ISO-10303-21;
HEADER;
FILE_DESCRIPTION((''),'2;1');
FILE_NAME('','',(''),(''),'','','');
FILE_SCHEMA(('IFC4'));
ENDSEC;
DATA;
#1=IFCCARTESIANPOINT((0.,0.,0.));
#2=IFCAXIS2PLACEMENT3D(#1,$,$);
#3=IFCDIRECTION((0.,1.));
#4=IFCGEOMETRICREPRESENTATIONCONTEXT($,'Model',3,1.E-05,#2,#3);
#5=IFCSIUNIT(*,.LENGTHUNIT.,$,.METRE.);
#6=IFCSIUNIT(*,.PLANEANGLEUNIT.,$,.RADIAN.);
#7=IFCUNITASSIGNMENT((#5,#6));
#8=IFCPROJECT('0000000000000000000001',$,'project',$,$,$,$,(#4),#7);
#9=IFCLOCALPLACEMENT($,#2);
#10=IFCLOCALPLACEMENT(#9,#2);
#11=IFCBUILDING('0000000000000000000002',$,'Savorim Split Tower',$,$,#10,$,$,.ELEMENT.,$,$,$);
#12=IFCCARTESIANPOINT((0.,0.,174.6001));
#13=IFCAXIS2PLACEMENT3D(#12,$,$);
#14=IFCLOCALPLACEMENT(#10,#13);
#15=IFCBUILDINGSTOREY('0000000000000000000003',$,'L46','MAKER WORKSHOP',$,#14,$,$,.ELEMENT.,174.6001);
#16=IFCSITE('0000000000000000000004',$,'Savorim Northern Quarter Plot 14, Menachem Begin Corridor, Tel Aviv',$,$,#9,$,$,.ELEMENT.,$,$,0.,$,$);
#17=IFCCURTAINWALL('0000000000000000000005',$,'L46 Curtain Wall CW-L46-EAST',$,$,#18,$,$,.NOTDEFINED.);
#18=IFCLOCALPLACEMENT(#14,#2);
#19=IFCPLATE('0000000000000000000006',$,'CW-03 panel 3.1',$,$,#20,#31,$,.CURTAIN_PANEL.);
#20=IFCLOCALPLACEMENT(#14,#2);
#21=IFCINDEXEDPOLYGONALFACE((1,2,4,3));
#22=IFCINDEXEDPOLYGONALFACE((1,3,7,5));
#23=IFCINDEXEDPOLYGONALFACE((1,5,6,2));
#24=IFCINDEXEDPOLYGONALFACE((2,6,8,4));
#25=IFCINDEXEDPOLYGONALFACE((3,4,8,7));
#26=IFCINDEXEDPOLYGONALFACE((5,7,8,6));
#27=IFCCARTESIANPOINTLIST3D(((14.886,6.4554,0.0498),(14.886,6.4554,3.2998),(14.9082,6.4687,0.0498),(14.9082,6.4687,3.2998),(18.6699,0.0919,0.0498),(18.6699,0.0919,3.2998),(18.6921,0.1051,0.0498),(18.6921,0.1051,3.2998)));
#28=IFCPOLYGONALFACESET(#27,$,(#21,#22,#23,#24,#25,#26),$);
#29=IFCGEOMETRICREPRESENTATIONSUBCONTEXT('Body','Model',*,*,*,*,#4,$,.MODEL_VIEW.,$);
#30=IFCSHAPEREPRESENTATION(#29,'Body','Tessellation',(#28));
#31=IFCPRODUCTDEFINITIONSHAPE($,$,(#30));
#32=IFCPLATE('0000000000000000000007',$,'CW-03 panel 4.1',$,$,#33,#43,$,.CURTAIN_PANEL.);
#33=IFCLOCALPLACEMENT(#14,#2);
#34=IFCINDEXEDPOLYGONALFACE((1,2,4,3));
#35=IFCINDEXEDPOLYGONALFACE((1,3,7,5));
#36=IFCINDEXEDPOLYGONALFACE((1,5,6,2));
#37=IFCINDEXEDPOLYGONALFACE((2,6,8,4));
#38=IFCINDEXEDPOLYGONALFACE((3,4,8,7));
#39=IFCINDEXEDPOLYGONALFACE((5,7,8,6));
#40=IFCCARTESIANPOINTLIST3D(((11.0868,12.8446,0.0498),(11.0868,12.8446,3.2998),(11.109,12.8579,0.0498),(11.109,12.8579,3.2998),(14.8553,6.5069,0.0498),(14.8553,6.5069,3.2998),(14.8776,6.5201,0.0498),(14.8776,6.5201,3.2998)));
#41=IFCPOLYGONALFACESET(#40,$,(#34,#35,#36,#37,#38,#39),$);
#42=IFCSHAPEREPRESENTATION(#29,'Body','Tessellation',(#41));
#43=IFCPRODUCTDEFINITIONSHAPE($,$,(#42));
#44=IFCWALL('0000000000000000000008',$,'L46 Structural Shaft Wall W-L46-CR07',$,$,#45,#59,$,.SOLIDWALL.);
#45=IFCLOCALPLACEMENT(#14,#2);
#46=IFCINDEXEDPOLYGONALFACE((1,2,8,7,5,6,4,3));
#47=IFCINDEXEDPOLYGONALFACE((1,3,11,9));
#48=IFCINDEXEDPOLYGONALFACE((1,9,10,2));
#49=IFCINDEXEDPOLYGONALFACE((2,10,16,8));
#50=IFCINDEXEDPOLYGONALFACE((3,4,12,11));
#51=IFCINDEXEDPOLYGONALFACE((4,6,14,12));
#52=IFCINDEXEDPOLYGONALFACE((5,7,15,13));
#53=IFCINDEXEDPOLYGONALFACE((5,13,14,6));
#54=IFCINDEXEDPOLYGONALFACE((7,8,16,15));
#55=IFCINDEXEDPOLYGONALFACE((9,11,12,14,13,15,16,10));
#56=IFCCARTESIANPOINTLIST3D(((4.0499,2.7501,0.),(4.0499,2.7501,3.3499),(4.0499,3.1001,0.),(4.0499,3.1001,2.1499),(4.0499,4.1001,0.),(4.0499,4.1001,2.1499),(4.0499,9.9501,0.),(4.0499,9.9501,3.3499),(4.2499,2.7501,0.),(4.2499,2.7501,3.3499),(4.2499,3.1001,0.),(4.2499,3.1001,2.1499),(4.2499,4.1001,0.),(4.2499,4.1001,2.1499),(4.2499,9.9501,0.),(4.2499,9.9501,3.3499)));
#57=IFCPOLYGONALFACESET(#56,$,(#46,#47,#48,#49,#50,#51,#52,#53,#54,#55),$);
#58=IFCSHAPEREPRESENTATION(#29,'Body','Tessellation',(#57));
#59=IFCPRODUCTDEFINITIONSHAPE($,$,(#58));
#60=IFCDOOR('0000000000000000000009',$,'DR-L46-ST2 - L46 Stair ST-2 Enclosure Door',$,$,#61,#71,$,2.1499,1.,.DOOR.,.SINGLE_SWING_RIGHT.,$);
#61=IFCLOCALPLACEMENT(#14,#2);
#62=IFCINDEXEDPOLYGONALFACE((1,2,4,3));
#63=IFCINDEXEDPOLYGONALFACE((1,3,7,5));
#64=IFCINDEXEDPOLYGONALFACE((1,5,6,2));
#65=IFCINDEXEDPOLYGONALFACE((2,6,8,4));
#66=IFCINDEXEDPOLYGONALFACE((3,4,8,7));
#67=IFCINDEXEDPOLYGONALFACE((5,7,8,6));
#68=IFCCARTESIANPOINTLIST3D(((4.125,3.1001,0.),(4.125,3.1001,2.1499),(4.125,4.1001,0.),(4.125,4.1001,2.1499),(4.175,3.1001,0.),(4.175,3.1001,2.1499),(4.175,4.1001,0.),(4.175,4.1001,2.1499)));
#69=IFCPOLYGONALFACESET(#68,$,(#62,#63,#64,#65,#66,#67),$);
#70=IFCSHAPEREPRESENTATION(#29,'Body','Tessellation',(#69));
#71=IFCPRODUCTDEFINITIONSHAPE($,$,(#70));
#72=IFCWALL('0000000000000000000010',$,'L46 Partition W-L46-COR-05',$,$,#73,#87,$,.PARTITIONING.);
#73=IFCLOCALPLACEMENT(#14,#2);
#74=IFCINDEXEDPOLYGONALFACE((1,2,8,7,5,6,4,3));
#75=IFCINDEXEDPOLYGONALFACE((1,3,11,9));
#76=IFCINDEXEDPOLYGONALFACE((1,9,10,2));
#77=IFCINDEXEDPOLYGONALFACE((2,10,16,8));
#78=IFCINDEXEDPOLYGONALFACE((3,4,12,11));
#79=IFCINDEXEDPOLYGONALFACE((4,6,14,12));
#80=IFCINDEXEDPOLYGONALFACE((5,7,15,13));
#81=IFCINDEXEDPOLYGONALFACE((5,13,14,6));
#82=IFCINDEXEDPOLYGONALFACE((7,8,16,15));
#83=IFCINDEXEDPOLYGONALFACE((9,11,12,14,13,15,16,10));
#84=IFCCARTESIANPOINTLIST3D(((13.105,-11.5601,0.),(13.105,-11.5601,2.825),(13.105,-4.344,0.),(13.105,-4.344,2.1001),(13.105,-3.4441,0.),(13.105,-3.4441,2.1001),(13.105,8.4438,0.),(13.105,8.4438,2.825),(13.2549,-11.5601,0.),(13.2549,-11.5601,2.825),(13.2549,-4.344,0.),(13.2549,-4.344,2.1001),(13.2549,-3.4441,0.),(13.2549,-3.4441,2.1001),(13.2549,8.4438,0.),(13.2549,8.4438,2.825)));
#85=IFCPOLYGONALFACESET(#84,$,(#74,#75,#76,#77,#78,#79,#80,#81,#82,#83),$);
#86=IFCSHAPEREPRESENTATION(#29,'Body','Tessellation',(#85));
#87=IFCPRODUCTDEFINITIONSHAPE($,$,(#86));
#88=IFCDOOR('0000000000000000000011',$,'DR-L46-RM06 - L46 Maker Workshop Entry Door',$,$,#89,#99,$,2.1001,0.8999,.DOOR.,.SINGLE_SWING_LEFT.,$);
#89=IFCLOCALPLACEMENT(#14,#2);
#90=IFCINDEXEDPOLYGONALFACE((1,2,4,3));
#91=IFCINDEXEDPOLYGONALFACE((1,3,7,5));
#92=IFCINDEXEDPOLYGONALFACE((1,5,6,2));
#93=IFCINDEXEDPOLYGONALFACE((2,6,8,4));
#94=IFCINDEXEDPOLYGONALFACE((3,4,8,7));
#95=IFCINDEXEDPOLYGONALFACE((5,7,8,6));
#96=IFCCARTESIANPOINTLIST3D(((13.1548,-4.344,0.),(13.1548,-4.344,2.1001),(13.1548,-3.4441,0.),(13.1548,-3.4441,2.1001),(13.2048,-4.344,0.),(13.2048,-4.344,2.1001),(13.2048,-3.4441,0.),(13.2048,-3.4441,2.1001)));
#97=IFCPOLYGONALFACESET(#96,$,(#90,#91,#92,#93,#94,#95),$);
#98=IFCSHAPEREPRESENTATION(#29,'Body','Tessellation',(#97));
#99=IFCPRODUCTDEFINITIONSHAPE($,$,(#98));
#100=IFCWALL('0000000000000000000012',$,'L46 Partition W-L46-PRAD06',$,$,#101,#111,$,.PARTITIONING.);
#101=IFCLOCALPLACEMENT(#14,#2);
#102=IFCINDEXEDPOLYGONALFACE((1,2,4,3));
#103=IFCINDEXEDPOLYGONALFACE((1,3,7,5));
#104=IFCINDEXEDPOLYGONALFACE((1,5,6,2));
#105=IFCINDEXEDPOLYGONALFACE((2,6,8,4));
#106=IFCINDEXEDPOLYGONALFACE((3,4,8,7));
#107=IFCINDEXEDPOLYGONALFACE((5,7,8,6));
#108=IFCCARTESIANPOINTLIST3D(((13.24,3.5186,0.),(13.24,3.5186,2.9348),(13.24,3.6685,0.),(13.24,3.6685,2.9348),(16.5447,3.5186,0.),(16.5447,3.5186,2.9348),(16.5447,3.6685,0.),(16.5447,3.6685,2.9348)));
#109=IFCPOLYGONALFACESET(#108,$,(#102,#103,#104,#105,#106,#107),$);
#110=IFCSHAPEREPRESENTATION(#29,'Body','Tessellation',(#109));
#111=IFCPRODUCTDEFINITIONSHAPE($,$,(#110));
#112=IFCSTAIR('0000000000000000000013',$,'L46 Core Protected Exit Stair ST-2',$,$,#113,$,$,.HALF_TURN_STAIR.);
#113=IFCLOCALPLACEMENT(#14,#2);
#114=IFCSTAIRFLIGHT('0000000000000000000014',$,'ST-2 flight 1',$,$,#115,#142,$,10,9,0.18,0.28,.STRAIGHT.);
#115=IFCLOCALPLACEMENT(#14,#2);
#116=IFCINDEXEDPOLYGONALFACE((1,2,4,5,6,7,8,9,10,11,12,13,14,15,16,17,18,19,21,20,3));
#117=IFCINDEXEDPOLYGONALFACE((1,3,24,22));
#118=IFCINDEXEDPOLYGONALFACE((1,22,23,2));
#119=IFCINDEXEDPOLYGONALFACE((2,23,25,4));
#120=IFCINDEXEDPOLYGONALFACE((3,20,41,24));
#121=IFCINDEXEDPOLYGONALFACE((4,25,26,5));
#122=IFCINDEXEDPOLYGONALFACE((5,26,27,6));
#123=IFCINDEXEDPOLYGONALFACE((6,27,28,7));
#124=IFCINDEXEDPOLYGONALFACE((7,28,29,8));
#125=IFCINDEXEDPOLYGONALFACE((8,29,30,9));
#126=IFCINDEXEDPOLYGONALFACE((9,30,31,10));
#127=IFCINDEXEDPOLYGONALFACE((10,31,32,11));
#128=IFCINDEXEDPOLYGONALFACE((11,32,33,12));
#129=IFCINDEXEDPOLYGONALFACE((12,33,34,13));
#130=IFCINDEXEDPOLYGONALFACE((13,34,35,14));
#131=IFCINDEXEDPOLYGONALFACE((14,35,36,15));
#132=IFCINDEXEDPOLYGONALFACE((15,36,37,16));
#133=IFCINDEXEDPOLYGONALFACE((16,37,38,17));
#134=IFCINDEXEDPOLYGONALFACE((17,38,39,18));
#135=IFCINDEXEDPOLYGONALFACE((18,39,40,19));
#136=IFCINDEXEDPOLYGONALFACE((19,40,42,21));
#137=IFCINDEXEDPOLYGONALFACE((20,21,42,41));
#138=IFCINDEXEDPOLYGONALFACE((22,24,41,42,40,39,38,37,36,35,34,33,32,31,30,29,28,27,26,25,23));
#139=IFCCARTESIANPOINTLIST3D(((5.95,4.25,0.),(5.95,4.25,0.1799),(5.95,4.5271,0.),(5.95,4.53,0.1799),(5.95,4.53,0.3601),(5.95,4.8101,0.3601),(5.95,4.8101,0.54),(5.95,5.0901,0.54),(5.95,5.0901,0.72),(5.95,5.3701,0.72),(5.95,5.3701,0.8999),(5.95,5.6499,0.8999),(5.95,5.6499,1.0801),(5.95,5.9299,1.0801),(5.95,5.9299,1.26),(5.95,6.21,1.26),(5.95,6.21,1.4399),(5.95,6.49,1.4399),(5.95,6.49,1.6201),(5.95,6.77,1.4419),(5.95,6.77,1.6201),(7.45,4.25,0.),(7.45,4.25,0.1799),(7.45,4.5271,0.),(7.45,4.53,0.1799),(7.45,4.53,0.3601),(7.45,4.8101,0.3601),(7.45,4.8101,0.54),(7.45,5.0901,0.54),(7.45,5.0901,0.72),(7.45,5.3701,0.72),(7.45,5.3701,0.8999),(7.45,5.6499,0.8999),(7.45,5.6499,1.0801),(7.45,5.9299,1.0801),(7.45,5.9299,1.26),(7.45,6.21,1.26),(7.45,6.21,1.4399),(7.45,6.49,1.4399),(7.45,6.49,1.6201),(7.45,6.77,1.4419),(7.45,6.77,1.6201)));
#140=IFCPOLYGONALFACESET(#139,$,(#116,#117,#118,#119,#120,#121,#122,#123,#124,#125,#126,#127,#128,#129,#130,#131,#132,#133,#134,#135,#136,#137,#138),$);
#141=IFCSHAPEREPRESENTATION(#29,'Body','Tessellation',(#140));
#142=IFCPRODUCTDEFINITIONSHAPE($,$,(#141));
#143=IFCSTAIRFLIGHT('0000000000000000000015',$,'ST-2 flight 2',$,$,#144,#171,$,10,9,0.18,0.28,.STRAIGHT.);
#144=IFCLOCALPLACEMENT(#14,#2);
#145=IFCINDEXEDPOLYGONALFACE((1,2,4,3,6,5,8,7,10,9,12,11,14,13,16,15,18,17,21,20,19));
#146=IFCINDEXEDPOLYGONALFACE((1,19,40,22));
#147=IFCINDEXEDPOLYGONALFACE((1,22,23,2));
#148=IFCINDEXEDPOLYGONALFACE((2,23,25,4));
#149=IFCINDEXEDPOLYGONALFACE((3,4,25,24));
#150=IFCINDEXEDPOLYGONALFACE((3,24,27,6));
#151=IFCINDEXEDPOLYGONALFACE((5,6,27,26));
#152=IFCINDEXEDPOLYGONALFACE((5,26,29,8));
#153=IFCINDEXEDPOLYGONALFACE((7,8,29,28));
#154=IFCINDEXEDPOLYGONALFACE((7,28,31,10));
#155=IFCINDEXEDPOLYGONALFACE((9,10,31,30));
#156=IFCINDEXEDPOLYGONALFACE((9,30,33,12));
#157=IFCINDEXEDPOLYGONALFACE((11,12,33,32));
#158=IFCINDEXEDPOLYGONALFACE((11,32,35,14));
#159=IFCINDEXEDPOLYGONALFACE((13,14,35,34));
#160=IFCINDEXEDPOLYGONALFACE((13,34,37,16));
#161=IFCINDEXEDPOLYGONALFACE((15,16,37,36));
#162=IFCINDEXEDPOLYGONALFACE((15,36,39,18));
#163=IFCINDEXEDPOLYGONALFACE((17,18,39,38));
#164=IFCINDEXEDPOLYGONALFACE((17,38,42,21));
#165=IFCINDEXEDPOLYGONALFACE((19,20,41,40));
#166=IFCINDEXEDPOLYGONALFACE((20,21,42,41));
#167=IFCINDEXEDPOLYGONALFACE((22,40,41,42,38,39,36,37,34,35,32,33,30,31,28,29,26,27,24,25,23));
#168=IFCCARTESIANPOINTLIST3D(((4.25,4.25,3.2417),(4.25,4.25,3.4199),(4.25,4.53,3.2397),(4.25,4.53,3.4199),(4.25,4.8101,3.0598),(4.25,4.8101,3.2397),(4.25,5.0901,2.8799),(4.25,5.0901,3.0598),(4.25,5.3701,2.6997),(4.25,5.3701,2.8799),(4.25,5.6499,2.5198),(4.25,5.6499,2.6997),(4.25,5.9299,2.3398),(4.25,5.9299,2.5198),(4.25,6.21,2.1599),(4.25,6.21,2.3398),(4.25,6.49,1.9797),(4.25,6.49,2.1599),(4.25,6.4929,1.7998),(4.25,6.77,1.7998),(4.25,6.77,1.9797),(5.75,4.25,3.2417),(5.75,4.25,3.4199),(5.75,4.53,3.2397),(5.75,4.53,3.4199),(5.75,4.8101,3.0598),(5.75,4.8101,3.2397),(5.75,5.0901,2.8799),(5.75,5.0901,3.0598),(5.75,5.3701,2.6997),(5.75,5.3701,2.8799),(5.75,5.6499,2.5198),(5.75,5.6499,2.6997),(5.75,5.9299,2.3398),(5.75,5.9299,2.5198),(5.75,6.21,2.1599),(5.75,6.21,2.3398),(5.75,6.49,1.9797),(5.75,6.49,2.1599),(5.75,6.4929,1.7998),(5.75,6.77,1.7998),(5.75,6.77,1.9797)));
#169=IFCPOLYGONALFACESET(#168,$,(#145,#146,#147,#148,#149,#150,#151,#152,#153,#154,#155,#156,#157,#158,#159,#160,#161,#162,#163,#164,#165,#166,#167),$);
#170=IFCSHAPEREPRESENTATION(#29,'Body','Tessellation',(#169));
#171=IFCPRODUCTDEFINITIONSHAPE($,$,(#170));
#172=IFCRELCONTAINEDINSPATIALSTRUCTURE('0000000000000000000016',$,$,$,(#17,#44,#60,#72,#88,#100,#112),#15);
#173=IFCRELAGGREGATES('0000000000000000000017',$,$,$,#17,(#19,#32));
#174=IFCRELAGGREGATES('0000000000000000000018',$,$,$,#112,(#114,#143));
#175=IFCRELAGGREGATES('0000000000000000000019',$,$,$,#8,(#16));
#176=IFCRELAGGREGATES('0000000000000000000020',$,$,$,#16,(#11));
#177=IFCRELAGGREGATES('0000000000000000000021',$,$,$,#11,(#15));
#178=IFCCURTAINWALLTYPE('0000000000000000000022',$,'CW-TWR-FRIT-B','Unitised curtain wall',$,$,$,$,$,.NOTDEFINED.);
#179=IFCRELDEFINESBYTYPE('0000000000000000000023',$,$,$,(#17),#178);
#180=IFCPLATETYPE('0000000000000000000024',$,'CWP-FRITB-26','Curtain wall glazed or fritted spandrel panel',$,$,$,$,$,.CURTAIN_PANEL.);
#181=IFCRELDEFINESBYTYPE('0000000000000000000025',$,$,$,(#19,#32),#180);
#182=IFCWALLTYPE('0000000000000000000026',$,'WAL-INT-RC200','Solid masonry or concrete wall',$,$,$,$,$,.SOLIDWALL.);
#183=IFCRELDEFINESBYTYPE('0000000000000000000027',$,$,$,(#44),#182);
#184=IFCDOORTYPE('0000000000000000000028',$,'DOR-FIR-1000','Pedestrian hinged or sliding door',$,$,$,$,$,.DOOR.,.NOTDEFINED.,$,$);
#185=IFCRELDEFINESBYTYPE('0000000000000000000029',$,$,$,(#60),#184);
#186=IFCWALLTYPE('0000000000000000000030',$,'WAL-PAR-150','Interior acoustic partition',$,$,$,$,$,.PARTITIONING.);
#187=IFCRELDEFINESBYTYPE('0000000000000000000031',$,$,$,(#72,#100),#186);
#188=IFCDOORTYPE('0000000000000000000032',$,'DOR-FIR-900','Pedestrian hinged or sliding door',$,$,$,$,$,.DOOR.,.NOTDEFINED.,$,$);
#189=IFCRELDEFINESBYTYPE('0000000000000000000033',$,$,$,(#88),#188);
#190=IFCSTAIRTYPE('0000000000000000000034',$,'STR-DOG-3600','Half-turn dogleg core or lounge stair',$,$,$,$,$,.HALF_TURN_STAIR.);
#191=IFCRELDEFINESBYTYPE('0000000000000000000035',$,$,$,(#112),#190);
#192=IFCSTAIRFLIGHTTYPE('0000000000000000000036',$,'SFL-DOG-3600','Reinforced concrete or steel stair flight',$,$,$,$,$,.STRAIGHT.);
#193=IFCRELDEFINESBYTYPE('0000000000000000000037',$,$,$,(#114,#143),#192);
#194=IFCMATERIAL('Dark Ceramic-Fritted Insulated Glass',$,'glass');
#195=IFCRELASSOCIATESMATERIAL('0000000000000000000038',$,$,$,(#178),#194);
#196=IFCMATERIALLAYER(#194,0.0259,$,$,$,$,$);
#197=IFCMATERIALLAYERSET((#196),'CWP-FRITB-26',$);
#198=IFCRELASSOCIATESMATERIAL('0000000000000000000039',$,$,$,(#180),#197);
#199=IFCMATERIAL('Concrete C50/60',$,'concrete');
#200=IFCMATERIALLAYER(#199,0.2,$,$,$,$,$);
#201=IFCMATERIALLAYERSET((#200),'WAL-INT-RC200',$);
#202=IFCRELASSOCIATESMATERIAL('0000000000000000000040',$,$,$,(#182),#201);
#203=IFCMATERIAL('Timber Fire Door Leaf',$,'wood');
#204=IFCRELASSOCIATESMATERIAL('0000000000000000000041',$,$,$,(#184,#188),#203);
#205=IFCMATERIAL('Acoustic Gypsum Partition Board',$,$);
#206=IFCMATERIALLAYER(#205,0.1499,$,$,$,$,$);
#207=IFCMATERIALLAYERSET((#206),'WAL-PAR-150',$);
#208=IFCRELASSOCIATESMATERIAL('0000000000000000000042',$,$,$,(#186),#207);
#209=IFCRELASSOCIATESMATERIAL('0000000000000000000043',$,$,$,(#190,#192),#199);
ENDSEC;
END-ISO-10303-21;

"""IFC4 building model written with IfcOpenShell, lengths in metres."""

from ifc_helpers import new_model, si_unit, direction, frame, frame_2d, origin, origin_2d, place, context, subcontext, project, spatial, polyline, rectangle, outline, extrude, material, layer, layer_set, type_object, element, fill, aggregate, save


model = new_model("IFC4")

# Units and contexts
model_context = context("Model", 3, precision=1e-05, world=origin(), true_north=direction((0.0, 1.0)))
body_context = subcontext(model_context, "Body", "Model", "MODEL_VIEW")
ifc_project = project(units=[si_unit("LENGTHUNIT", "METRE"), si_unit("PLANEANGLEUNIT", "RADIAN")], contexts=[model_context])

# Site, building, storey
site_placement = place(None, origin())
site = spatial("IfcSite", under=ifc_project, at=site_placement, Name="Savorim Northern Quarter Plot 14, Menachem Begin Corridor, Tel Aviv", CompositionType="ELEMENT", RefElevation=0.0)
building_placement = place(site_placement, origin())
building = spatial("IfcBuilding", under=site, at=building_placement, Name="Savorim Split Tower", CompositionType="ELEMENT")
storey_placement = place(building_placement, frame((0.0, 0.0, 174.6001)))
storey = spatial("IfcBuildingStorey", under=building, at=storey_placement, Name="L46", Description="MAKER WORKSHOP", CompositionType="ELEMENT", Elevation=174.6001)

# Curtain wall, plates
ifc_material_1 = material(Name="Dark Ceramic-Fritted Insulated Glass", Category="glass")
curtain_wall_type = type_object("IfcCurtainWallType", Name="CW-TWR-FRIT-B", Description="Unitised curtain wall", PredefinedType="NOTDEFINED", material=ifc_material_1)
curtain_wall_placement = place(storey_placement, origin())
curtain_wall = element("IfcCurtainWall", 1, at=curtain_wall_placement, inside=storey, type_object=curtain_wall_type, Name="L46 Curtain Wall CW-L46-EAST", PredefinedType="NOTDEFINED")
ifc_layer_1 = layer(ifc_material_1, 0.0259)
ifc_layer_set_1 = layer_set([ifc_layer_1], Name="CWP-FRITB-26")
plate_type = type_object("IfcPlateType", Name="CWP-FRITB-26", Description="Curtain wall glazed or fritted spandrel panel", PredefinedType="CURTAIN_PANEL", material=ifc_layer_set_1)
plate_1_placement = place(storey_placement, frame((16.7891, 3.2803, 0.0498), z_axis=(0.0, 0.0, 1.0), x_axis=(-0.511094, 0.859525, 0.0)))
plate_1 = element("IfcPlate", 2, at=plate_1_placement, type_object=plate_type, Name="CW-03 panel 3.1", PredefinedType="CURTAIN_PANEL", context=body_context, shape_type="SweptSolid", body=[
    extrude(rectangle(XDim=7.4036, YDim=0.0259, at=origin_2d()), origin(), (0.0, 0.0, 1.0), 3.25),
])
plate_2_placement = place(storey_placement, frame((12.9822, 9.6824, 0.0498), z_axis=(0.0, 0.0, 1.0), x_axis=(-0.511094, 0.859525, 0.0)))
plate_2 = element("IfcPlate", 3, at=plate_2_placement, type_object=plate_type, Name="CW-03 panel 4.1", PredefinedType="CURTAIN_PANEL", context=body_context, shape_type="SweptSolid", body=[
    extrude(rectangle(XDim=7.3735, YDim=0.0259, at=origin_2d()), origin(), (0.0, 0.0, 1.0), 3.25),
])
aggregate(curtain_wall, [plate_1, plate_2])

# Walls, openings, doors
ifc_material_2 = material(Name="Concrete C50/60", Category="concrete")
ifc_layer_2 = layer(ifc_material_2, 0.2)
ifc_layer_set_2 = layer_set([ifc_layer_2], Name="WAL-INT-RC200")
wall_type_1 = type_object("IfcWallType", Name="WAL-INT-RC200", Description="Solid masonry or concrete wall", PredefinedType="SOLIDWALL", material=ifc_layer_set_2)
wall_1_placement = place(storey_placement, frame((4.1499, 2.75, 0.0), z_axis=(0.0, 0.0, 1.0), x_axis=(0.0, 1.0, 0.0)))
wall_1 = element("IfcWall", 4, at=wall_1_placement, inside=storey, type_object=wall_type_1, Name="L46 Structural Shaft Wall W-L46-CR07", PredefinedType="SOLIDWALL", context=body_context, shape_type="SweptSolid", body=[
    extrude(rectangle(XDim=7.2, YDim=0.2, at=frame_2d((3.6001, 0.0))), origin(), (0.0, 0.0, 1.0), 3.3499),
])
opening_1_placement = place(wall_1_placement, frame((0.3501, 0.0, 0.0)))
opening_1 = element("IfcOpeningElement", 5, at=opening_1_placement, cuts=wall_1, PredefinedType="OPENING", context=body_context, shape_type="SweptSolid", body=[
    extrude(rectangle(XDim=1.0, YDim=2.1499, at=frame_2d((0.5, 1.075))), frame((0.0, 0.1099, 0.0), z_axis=(0.0, -1.0, 0.0), x_axis=(1.0, 0.0, 0.0)), (0.0, 0.0, 1.0), 0.22),
])
ifc_material_3 = material(Name="Timber Fire Door Leaf", Category="wood")
door_type_1 = type_object("IfcDoorType", Name="DOR-FIR-1000", Description="Pedestrian hinged or sliding door", OperationType="NOTDEFINED", PredefinedType="DOOR", material=ifc_material_3)
door_1_placement = place(opening_1_placement, origin())
door_1 = element("IfcDoor", 6, at=door_1_placement, inside=storey, type_object=door_type_1, Name="DR-L46-ST2 - L46 Stair ST-2 Enclosure Door", OperationType="SINGLE_SWING_RIGHT", OverallHeight=2.1499, OverallWidth=1.0, PredefinedType="DOOR", context=body_context, shape_type="SweptSolid", body=[
    extrude(rectangle(XDim=1.0, YDim=2.1499, at=frame_2d((0.5, 1.075))), frame((0.0, 0.0249, 0.0), z_axis=(0.0, -1.0, 0.0), x_axis=(1.0, 0.0, 0.0)), (0.0, 0.0, 1.0), 0.05),
])
fill(opening_1, door_1)
ifc_material_4 = material(Name="Acoustic Gypsum Partition Board")
ifc_layer_3 = layer(ifc_material_4, 0.1499)
ifc_layer_set_3 = layer_set([ifc_layer_3], Name="WAL-PAR-150")
wall_type_2 = type_object("IfcWallType", Name="WAL-PAR-150", Description="Interior acoustic partition", PredefinedType="PARTITIONING", material=ifc_layer_set_3)
wall_2_placement = place(storey_placement, frame((13.1799, 8.4438, 0.0), z_axis=(0.0, 0.0, 1.0), x_axis=(0.0, -1.0, 0.0)))
wall_2 = element("IfcWall", 7, at=wall_2_placement, inside=storey, type_object=wall_type_2, Name="L46 Partition W-L46-COR-05", PredefinedType="PARTITIONING", context=body_context, shape_type="SweptSolid", body=[
    extrude(rectangle(XDim=20.0039, YDim=0.1499, at=frame_2d((10.002, 0.0))), origin(), (0.0, 0.0, 1.0), 2.825),
])
opening_2_placement = place(wall_2_placement, frame((11.8879, 0.0, 0.0)))
opening_2 = element("IfcOpeningElement", 8, at=opening_2_placement, cuts=wall_2, PredefinedType="OPENING", context=body_context, shape_type="SweptSolid", body=[
    extrude(rectangle(XDim=0.8999, YDim=2.1001, at=frame_2d((0.45, 1.05))), frame((0.0, 0.085, 0.0), z_axis=(0.0, -1.0, 0.0), x_axis=(1.0, 0.0, 0.0)), (0.0, 0.0, 1.0), 0.1699),
])
door_type_2 = type_object("IfcDoorType", Name="DOR-FIR-900", Description="Pedestrian hinged or sliding door", OperationType="NOTDEFINED", PredefinedType="DOOR", material=ifc_material_3)
door_2_placement = place(opening_2_placement, origin())
door_2 = element("IfcDoor", 9, at=door_2_placement, inside=storey, type_object=door_type_2, Name="DR-L46-RM06 - L46 Maker Workshop Entry Door", OperationType="SINGLE_SWING_LEFT", OverallHeight=2.1001, OverallWidth=0.8999, PredefinedType="DOOR", context=body_context, shape_type="SweptSolid", body=[
    extrude(rectangle(XDim=0.8999, YDim=2.1001, at=frame_2d((0.45, 1.05))), frame((0.0, 0.0249, 0.0), z_axis=(0.0, -1.0, 0.0), x_axis=(1.0, 0.0, 0.0)), (0.0, 0.0, 1.0), 0.05),
])
fill(opening_2, door_2)

# Wall
wall_3_placement = place(storey_placement, frame((13.24, 3.5935, 0.0), z_axis=(0.0, 0.0, 1.0), x_axis=(1.0, 0.0, 0.0)))
element("IfcWall", 10, at=wall_3_placement, inside=storey, type_object=wall_type_2, Name="L46 Partition W-L46-PRAD06", PredefinedType="PARTITIONING", context=body_context, shape_type="SweptSolid", body=[
    extrude(rectangle(XDim=3.3047, YDim=0.1499, at=frame_2d((1.6523, 0.0))), origin(), (0.0, 0.0, 1.0), 2.9348),
])

# Stair, stair flights
stair_type = type_object("IfcStairType", Name="STR-DOG-3600", Description="Half-turn dogleg core or lounge stair", PredefinedType="HALF_TURN_STAIR", material=ifc_material_2)
stair_placement = place(storey_placement, origin())
stair = element("IfcStair", 11, at=stair_placement, inside=storey, type_object=stair_type, Name="L46 Core Protected Exit Stair ST-2", PredefinedType="HALF_TURN_STAIR")
stair_flight_type = type_object("IfcStairFlightType", Name="SFL-DOG-3600", Description="Reinforced concrete or steel stair flight", PredefinedType="STRAIGHT", material=ifc_material_2)
stair_flight_1_placement = place(storey_placement, frame((6.7, 4.25, 0.0), z_axis=(0.0, 0.0, 1.0), x_axis=(0.0, 1.0, 0.0)))
stair_flight_1 = element("IfcStairFlight", 12, at=stair_flight_1_placement, type_object=stair_flight_type, Name="ST-2 flight 1", NumberOfRisers=10, NumberOfTreads=9, PredefinedType="STRAIGHT", RiserHeight=0.18, TreadLength=0.28, context=body_context, shape_type="SweptSolid", body=[
    extrude(outline(polyline([(0.0, 0.0), (0.0, 0.1799), (0.28, 0.1799), (0.28, 0.3601), (0.5601, 0.3601), (0.5601, 0.54), (0.8401, 0.54), (0.8401, 0.72), (1.1201, 0.72), (1.1201, 0.8999), (1.3999, 0.8999), (1.3999, 1.0801), (1.6799, 1.0801), (1.6799, 1.26), (1.96, 1.26), (1.96, 1.4399), (2.24, 1.4399), (2.24, 1.6201), (2.52, 1.6201), (2.52, 1.8), (2.52, 1.4419), (0.2771, 0.0), (0.0, 0.0)])), frame((0.0, 0.75, 0.0), z_axis=(0.0, -1.0, 0.0), x_axis=(1.0, 0.0, 0.0)), (0.0, 0.0, 1.0), 1.5),
])
stair_flight_2_placement = place(storey_placement, frame((5.0, 6.77, 1.7998), z_axis=(0.0, 0.0, 1.0), x_axis=(0.0, -1.0, 0.0)))
stair_flight_2 = element("IfcStairFlight", 13, at=stair_flight_2_placement, type_object=stair_flight_type, Name="ST-2 flight 2", NumberOfRisers=10, NumberOfTreads=9, PredefinedType="STRAIGHT", RiserHeight=0.18, TreadLength=0.28, context=body_context, shape_type="SweptSolid", body=[
    extrude(outline(polyline([(0.0, 0.0), (0.0, 0.1799), (0.28, 0.1799), (0.28, 0.3601), (0.5601, 0.3601), (0.5601, 0.54), (0.8401, 0.54), (0.8401, 0.72), (1.1201, 0.72), (1.1201, 0.8999), (1.3999, 0.8999), (1.3999, 1.0801), (1.6799, 1.0801), (1.6799, 1.26), (1.96, 1.26), (1.96, 1.4399), (2.24, 1.4399), (2.24, 1.6201), (2.52, 1.6201), (2.52, 1.8), (2.52, 1.4419), (0.2771, 0.0), (0.0, 0.0)])), frame((0.0, 0.75, 0.0), z_axis=(0.0, -1.0, 0.0), x_axis=(1.0, 0.0, 0.0)), (0.0, 0.0, 1.0), 1.5),
])
aggregate(stair, [stair_flight_1, stair_flight_2])

save(model, "model.ifc")
